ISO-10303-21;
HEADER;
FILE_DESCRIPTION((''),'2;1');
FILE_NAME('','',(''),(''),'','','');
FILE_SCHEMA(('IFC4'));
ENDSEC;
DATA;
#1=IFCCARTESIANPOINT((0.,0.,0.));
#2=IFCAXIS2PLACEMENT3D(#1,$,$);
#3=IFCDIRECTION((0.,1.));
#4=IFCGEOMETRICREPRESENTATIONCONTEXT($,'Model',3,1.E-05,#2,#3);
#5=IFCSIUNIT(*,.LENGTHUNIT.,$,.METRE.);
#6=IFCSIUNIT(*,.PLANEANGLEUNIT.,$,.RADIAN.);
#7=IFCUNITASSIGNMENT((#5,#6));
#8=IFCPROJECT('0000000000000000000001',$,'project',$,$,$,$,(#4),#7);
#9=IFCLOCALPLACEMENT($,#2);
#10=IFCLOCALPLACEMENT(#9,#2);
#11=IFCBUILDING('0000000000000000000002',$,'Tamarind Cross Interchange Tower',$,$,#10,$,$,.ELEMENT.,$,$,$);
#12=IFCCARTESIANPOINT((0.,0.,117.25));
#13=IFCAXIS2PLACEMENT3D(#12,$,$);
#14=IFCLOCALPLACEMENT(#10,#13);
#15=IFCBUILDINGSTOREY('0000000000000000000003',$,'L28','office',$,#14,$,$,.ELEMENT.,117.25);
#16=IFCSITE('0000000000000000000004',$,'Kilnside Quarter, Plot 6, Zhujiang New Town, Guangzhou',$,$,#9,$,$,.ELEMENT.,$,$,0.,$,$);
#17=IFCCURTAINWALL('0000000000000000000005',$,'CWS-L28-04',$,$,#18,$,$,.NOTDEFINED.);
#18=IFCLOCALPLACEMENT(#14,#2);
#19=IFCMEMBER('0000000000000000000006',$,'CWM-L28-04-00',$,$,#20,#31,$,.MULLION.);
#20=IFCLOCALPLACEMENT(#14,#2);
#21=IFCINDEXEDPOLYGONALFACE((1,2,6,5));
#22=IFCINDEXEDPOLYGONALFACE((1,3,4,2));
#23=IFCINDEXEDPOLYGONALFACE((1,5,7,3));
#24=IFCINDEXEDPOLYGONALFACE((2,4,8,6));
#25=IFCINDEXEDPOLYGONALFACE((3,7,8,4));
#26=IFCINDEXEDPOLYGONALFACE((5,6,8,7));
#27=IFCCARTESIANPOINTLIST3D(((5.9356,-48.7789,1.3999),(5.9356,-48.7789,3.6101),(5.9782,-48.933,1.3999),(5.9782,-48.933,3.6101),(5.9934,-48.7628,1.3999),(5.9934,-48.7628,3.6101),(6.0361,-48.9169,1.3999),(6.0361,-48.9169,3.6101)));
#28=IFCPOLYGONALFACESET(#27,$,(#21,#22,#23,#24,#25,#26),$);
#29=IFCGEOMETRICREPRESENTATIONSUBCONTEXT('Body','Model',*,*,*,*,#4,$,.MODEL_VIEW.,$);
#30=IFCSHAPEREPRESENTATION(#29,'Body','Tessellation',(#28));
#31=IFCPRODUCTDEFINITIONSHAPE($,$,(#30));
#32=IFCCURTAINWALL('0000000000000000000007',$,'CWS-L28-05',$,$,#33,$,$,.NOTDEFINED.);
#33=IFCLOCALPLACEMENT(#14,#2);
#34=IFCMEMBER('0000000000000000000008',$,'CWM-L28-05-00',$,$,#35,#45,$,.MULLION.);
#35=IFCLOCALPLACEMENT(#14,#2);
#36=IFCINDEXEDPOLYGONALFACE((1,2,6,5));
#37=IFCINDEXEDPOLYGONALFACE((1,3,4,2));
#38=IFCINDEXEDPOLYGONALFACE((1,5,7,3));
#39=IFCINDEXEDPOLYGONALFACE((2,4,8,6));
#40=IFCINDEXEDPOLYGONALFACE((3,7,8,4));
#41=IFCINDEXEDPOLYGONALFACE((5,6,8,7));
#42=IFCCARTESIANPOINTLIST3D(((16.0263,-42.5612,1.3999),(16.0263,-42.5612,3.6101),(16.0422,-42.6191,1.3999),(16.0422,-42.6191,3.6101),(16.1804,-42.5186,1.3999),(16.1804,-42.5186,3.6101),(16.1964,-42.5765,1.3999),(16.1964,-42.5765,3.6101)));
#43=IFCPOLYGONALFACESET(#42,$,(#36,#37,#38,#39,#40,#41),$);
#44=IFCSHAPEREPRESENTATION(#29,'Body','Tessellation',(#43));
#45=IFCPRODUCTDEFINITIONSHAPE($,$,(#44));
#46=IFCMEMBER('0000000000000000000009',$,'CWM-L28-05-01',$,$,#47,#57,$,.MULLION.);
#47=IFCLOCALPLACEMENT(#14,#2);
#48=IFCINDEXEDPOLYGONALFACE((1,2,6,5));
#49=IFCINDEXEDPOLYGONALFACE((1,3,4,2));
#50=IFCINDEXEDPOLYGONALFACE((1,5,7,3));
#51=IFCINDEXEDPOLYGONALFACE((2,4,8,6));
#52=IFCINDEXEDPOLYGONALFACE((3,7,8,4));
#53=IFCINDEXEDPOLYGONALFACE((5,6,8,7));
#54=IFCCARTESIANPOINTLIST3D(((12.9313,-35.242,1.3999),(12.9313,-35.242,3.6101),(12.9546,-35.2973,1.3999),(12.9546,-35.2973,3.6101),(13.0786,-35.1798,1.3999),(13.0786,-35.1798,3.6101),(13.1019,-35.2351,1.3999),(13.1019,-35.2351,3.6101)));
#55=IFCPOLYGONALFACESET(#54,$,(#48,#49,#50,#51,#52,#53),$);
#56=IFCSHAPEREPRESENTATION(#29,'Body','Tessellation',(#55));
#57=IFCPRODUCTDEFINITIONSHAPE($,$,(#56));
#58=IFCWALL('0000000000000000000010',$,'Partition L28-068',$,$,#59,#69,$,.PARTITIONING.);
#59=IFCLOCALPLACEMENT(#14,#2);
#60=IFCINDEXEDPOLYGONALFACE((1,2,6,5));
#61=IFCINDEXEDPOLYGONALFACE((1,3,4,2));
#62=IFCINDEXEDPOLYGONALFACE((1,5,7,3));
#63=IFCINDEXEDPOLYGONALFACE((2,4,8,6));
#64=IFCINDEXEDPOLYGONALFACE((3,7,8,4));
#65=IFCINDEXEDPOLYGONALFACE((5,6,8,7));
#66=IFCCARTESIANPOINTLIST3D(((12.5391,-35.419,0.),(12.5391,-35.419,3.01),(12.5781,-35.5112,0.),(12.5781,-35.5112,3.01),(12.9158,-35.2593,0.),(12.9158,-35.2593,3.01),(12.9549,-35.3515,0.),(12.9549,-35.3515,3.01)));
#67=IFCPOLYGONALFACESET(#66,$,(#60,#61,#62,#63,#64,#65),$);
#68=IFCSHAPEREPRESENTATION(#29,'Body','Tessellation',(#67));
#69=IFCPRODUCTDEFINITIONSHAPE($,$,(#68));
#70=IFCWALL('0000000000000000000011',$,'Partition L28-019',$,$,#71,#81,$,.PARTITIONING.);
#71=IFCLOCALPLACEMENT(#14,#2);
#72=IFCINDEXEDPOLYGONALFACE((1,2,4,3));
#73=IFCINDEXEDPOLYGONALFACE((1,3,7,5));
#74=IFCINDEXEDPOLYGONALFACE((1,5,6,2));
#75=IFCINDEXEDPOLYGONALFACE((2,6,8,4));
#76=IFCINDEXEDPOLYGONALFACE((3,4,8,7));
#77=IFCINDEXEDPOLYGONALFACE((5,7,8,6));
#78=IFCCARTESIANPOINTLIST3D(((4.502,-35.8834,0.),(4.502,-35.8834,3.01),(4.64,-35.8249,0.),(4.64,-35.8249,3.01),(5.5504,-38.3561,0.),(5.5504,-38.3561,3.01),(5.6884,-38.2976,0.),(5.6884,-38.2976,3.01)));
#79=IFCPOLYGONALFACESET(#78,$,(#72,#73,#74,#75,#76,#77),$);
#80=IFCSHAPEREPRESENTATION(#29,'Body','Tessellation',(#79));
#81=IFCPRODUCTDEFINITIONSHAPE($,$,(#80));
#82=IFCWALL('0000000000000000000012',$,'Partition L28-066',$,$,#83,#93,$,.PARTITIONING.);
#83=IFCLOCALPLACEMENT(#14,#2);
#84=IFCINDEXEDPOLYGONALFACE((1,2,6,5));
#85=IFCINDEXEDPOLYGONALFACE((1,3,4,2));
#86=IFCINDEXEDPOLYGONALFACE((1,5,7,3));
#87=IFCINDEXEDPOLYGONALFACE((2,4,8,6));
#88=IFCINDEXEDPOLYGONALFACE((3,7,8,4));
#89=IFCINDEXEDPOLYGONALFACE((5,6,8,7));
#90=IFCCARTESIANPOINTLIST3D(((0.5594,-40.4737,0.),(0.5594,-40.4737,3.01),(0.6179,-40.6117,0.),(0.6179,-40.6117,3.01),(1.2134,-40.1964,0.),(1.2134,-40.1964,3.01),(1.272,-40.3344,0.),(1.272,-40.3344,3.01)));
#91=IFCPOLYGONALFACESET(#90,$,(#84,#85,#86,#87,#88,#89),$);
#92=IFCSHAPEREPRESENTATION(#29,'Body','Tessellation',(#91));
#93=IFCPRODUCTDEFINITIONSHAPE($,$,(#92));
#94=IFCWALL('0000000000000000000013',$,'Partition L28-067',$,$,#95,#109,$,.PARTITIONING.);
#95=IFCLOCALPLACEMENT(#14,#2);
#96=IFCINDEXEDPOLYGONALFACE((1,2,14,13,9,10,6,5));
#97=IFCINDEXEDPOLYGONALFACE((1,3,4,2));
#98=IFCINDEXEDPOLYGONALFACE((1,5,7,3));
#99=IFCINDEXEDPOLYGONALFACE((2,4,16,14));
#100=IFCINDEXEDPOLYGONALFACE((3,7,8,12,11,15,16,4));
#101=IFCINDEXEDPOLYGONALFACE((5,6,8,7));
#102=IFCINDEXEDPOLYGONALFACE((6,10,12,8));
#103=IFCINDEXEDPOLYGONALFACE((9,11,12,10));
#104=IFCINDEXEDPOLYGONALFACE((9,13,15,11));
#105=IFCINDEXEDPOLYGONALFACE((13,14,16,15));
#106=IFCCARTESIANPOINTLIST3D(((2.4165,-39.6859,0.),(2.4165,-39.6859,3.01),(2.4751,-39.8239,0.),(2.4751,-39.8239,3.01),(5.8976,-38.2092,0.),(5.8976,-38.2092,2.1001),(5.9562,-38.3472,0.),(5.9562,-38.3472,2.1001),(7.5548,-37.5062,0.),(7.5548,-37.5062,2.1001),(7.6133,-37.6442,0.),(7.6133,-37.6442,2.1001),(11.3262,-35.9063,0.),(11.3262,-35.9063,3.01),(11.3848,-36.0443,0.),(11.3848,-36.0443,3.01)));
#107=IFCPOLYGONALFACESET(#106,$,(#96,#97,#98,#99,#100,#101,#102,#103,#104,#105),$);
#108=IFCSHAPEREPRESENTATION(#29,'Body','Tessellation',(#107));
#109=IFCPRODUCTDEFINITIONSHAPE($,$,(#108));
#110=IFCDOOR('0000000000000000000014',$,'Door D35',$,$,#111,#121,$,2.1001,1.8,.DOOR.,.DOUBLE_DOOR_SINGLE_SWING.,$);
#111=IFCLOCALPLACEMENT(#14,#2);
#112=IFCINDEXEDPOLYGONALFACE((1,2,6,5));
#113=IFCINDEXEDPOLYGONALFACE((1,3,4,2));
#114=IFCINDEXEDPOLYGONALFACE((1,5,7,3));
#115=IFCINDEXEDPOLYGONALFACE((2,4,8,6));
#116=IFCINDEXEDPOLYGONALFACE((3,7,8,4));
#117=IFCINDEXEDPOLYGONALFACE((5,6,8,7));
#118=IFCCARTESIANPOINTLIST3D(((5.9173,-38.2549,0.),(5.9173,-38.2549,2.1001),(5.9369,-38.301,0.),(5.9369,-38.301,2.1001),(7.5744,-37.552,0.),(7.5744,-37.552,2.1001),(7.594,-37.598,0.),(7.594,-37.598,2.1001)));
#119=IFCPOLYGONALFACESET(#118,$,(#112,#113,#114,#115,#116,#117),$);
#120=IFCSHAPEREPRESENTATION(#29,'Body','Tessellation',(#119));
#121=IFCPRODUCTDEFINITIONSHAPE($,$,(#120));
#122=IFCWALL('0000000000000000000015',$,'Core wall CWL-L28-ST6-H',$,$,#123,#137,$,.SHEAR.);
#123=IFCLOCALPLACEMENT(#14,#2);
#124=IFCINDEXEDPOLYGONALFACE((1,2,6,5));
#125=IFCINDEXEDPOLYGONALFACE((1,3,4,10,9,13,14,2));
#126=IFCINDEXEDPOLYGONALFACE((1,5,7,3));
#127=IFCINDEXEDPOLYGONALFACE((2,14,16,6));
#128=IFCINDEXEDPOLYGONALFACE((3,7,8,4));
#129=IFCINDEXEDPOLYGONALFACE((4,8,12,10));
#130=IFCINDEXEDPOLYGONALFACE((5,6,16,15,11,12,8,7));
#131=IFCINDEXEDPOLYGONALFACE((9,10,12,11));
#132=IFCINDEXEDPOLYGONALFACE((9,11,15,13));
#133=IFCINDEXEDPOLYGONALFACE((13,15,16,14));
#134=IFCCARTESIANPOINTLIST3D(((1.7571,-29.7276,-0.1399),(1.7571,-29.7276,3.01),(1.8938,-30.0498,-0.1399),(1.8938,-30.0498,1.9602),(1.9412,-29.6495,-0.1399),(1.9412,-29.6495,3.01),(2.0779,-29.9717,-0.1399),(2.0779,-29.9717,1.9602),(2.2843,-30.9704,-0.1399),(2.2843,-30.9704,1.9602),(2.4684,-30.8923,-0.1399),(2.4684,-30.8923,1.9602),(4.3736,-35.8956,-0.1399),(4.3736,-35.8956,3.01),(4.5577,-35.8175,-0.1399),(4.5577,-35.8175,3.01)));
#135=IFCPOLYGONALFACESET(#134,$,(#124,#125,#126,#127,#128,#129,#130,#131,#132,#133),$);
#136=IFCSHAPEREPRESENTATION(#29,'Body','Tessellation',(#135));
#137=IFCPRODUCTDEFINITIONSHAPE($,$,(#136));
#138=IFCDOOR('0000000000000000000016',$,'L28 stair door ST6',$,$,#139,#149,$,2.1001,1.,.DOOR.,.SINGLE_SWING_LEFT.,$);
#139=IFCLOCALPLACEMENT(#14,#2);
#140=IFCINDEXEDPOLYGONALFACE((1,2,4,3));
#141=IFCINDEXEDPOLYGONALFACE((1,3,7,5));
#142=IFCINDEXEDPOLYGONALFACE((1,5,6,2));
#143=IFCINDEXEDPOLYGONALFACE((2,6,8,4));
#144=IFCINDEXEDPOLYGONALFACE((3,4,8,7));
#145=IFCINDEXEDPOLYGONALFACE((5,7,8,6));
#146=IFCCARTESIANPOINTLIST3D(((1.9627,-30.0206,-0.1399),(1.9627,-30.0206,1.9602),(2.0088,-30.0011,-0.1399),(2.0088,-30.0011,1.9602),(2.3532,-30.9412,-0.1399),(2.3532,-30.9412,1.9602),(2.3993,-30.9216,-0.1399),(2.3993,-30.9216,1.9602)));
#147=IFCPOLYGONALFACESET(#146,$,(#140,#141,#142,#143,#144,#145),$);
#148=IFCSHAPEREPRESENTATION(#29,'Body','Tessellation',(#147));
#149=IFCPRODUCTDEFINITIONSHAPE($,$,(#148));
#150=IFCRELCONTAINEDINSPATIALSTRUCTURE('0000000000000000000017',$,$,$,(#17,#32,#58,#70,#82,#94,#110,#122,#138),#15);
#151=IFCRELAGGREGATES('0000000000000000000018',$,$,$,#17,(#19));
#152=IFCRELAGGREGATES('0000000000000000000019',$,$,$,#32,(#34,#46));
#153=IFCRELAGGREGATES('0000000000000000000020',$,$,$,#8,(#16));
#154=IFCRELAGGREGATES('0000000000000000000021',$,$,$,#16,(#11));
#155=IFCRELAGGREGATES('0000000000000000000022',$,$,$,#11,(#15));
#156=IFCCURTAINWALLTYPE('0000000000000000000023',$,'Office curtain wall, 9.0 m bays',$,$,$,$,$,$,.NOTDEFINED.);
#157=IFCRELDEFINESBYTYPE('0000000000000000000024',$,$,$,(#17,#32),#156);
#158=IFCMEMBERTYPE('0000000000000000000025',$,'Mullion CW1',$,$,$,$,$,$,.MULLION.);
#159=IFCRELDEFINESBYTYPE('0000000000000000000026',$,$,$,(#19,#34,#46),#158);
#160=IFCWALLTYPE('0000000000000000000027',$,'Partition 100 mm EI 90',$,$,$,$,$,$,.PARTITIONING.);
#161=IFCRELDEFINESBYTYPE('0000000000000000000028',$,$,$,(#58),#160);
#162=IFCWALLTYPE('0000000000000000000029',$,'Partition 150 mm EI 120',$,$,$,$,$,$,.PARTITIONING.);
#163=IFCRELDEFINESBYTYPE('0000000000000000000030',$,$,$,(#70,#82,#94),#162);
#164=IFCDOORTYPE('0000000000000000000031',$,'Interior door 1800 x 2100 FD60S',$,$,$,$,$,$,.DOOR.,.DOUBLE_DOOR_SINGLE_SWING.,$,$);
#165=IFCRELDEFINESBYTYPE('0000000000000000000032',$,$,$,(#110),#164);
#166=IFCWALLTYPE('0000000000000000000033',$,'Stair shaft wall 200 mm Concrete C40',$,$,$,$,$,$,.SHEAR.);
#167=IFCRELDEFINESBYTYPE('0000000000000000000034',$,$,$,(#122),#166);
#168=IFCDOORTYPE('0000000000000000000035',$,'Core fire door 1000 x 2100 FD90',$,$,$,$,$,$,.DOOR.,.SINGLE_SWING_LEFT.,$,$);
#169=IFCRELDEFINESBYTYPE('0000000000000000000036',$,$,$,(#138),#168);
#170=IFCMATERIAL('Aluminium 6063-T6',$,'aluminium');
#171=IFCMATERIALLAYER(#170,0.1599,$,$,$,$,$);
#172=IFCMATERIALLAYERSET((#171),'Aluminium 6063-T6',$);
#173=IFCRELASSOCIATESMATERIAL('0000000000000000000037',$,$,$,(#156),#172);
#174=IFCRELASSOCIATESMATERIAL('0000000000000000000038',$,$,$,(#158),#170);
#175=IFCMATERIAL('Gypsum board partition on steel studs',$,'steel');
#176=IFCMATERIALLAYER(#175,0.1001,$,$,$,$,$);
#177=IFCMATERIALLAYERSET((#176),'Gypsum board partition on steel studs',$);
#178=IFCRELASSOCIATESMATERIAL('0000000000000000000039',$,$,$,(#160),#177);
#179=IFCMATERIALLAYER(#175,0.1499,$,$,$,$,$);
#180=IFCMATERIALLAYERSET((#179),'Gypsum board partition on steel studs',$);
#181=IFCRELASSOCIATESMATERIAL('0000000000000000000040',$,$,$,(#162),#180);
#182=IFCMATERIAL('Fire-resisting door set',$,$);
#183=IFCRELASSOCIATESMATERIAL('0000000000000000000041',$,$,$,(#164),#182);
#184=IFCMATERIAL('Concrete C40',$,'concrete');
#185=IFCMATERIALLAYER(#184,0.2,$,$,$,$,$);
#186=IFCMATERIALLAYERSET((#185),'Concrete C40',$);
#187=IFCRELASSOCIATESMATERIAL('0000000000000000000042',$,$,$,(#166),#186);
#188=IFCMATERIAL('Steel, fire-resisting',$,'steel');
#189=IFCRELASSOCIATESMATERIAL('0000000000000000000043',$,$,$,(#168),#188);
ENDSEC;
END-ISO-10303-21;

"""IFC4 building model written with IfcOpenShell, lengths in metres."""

from ifc_helpers import new_model, si_unit, direction, frame, frame_2d, origin, origin_2d, place, context, subcontext, project, spatial, rectangle, extrude, material, layer, layer_set, material_profile, profile_set, type_object, element, fill, aggregate, save


model = new_model("IFC4")

# Units and contexts
model_context = context("Model", 3, precision=1e-05, world=origin(), true_north=direction((0.0, 1.0)))
body_context = subcontext(model_context, "Body", "Model", "MODEL_VIEW")
ifc_project = project(units=[si_unit("LENGTHUNIT", "METRE"), si_unit("PLANEANGLEUNIT", "RADIAN")], contexts=[model_context])

# Site, building, storey
site_placement = place(None, origin())
site = spatial("IfcSite", under=ifc_project, at=site_placement, Name="Kilnside Quarter, Plot 6, Zhujiang New Town, Guangzhou", CompositionType="ELEMENT", RefElevation=0.0)
building_placement = place(site_placement, origin())
building = spatial("IfcBuilding", under=site, at=building_placement, Name="Tamarind Cross Interchange Tower", CompositionType="ELEMENT")
storey_placement = place(building_placement, frame((0.0, 0.0, 117.25)))
storey = spatial("IfcBuildingStorey", under=building, at=storey_placement, Name="L28", Description="office", CompositionType="ELEMENT", Elevation=117.25)

# Curtain wall, member
ifc_material_1 = material(Name="Aluminium 6063-T6", Category="aluminium")
ifc_layer_1 = layer(ifc_material_1, 0.1599)
ifc_layer_set_1 = layer_set([ifc_layer_1], Name="Aluminium 6063-T6")
curtain_wall_type = type_object("IfcCurtainWallType", Name="Office curtain wall, 9.0 m bays", PredefinedType="NOTDEFINED", material=ifc_layer_set_1)
ifc_material_profile_1 = material_profile(ifc_material_1, rectangle(XDim=0.0601, YDim=0.1599, at=origin_2d()), Name="Mullion CW1")
ifc_profile_set_1 = profile_set([ifc_material_profile_1], Name="Aluminium 6063-T6")
member_type = type_object("IfcMemberType", Name="Mullion CW1", PredefinedType="MULLION", material=ifc_profile_set_1)
curtain_wall_1_placement = place(storey_placement, origin())
curtain_wall_1 = element("IfcCurtainWall", 1, at=curtain_wall_1_placement, inside=storey, type_object=curtain_wall_type, Name="CWS-L28-04", PredefinedType="NOTDEFINED")
member_1_placement = place(storey_placement, frame((5.9858, -48.8479, 1.3999), z_axis=(0.0, 0.0, 1.0), x_axis=(0.963698, 0.266996, 0.0)))
member_1 = element("IfcMember", 2, at=member_1_placement, type_object=member_type, Name="CWM-L28-04-00", PredefinedType="MULLION", context=body_context, shape_type="SweptSolid", body=[
    extrude(rectangle(XDim=0.0601, YDim=0.1599, at=origin_2d()), origin(), (0.0, 0.0, 1.0), 2.2102),
])
aggregate(curtain_wall_1, [member_1])

# Curtain wall, members
curtain_wall_2_placement = place(storey_placement, origin())
curtain_wall_2 = element("IfcCurtainWall", 3, at=curtain_wall_2_placement, inside=storey, type_object=curtain_wall_type, Name="CWS-L28-05", PredefinedType="NOTDEFINED")
member_2_placement = place(storey_placement, frame((16.1113, -42.5688, 1.3999), z_axis=(0.0, 0.0, 1.0), x_axis=(-0.266179, 0.963924, 0.0)))
member_2 = element("IfcMember", 4, at=member_2_placement, type_object=member_type, Name="CWM-L28-05-00", PredefinedType="MULLION", context=body_context, shape_type="SweptSolid", body=[
    extrude(rectangle(XDim=0.0601, YDim=0.1599, at=origin_2d()), origin(), (0.0, 0.0, 1.0), 2.2102),
])
member_3_placement = place(storey_placement, frame((13.0166, -35.2385, 1.3999), z_axis=(0.0, 0.0, 1.0), x_axis=(-0.388939, 0.921264, 0.0)))
member_3 = element("IfcMember", 5, at=member_3_placement, type_object=member_type, Name="CWM-L28-05-01", PredefinedType="MULLION", context=body_context, shape_type="SweptSolid", body=[
    extrude(rectangle(XDim=0.0601, YDim=0.1599, at=origin_2d()), origin(), (0.0, 0.0, 1.0), 2.2102),
])
aggregate(curtain_wall_2, [member_2, member_3])

# Walls
ifc_material_2 = material(Name="Gypsum board partition on steel studs", Category="steel")
ifc_layer_2 = layer(ifc_material_2, 0.1001)
ifc_layer_set_2 = layer_set([ifc_layer_2], Name="Gypsum board partition on steel studs")
wall_type_1 = type_object("IfcWallType", Name="Partition 100 mm EI 90", PredefinedType="PARTITIONING", material=ifc_layer_set_2)
wall_1_placement = place(storey_placement, frame((12.5586, -35.4651, 0.0), z_axis=(0.0, 0.0, 1.0), x_axis=(0.920712, 0.390243, 0.0)))
element("IfcWall", 6, at=wall_1_placement, inside=storey, type_object=wall_type_1, Name="Partition L28-068", PredefinedType="PARTITIONING", context=body_context, shape_type="SweptSolid", body=[
    extrude(rectangle(XDim=0.4092, YDim=0.1001, at=frame_2d((0.2046, 0.0))), origin(), (0.0, 0.0, 1.0), 3.01),
])
ifc_layer_3 = layer(ifc_material_2, 0.1499)
ifc_layer_set_3 = layer_set([ifc_layer_3], Name="Gypsum board partition on steel studs")
wall_type_2 = type_object("IfcWallType", Name="Partition 150 mm EI 120", PredefinedType="PARTITIONING", material=ifc_layer_set_3)
wall_2_placement = place(storey_placement, frame((4.571, -35.8542, 0.0), z_axis=(0.0, 0.0, 1.0), x_axis=(0.39034, -0.920671, 0.0)))
element("IfcWall", 7, at=wall_2_placement, inside=storey, type_object=wall_type_2, Name="Partition L28-019", PredefinedType="PARTITIONING", context=body_context, shape_type="SweptSolid", body=[
    extrude(rectangle(XDim=2.6858, YDim=0.1499, at=frame_2d((1.3428, 0.0))), origin(), (0.0, 0.0, 1.0), 3.01),
])
wall_3_placement = place(storey_placement, frame((0.5886, -40.5427, 0.0), z_axis=(0.0, 0.0, 1.0), x_axis=(0.920649, 0.390391, 0.0)))
element("IfcWall", 8, at=wall_3_placement, inside=storey, type_object=wall_type_2, Name="Partition L28-066", PredefinedType="PARTITIONING", context=body_context, shape_type="SweptSolid", body=[
    extrude(rectangle(XDim=0.7104, YDim=0.1499, at=frame_2d((0.3552, 0.0))), origin(), (0.0, 0.0, 1.0), 3.01),
])

# Walls, openings, doors
wall_4_placement = place(storey_placement, frame((2.4458, -39.7549, 0.0), z_axis=(0.0, 0.0, 1.0), x_axis=(0.920594, 0.390522, 0.0)))
wall_4 = element("IfcWall", 9, at=wall_4_placement, inside=storey, type_object=wall_type_2, Name="Partition L28-067", PredefinedType="PARTITIONING", context=body_context, shape_type="SweptSolid", body=[
    extrude(rectangle(XDim=9.6782, YDim=0.1499, at=frame_2d((4.8391, 0.0))), origin(), (0.0, 0.0, 1.0), 3.01),
])
opening_1_placement = place(wall_4_placement, frame((3.7815, 0.0, 0.0)))
opening_1 = element("IfcOpeningElement", 10, at=opening_1_placement, cuts=wall_4, PredefinedType="OPENING", context=body_context, shape_type="SweptSolid", body=[
    extrude(rectangle(XDim=1.8, YDim=2.1001, at=frame_2d((0.8999, 1.05))), frame((0.0, 0.085, 0.0), z_axis=(0.0, -1.0, 0.0), x_axis=(1.0, 0.0, 0.0)), (0.0, 0.0, 1.0), 0.1699),
])
ifc_material_3 = material(Name="Fire-resisting door set")
door_type_1 = type_object("IfcDoorType", Name="Interior door 1800 x 2100 FD60S", OperationType="DOUBLE_DOOR_SINGLE_SWING", PredefinedType="DOOR", material=ifc_material_3)
door_1_placement = place(opening_1_placement, frame((1.8, 0.0, 0.0), z_axis=(0.0, 0.0, 1.0), x_axis=(-1.0, 0.0, 0.0)))
door_1 = element("IfcDoor", 11, at=door_1_placement, inside=storey, type_object=door_type_1, Name="Door D35", OperationType="DOUBLE_DOOR_SINGLE_SWING", OverallHeight=2.1001, OverallWidth=1.8, PredefinedType="DOOR", context=body_context, shape_type="SweptSolid", body=[
    extrude(rectangle(XDim=1.8, YDim=2.1001, at=frame_2d((0.8999, 1.05))), frame((0.0, 0.0249, 0.0), z_axis=(0.0, -1.0, 0.0), x_axis=(1.0, 0.0, 0.0)), (0.0, 0.0, 1.0), 0.05),
])
fill(opening_1, door_1)
ifc_material_4 = material(Name="Concrete C40", Category="concrete")
ifc_layer_4 = layer(ifc_material_4, 0.2)
ifc_layer_set_4 = layer_set([ifc_layer_4], Name="Concrete C40")
wall_type_3 = type_object("IfcWallType", Name="Stair shaft wall 200 mm Concrete C40", PredefinedType="SHEAR", material=ifc_layer_set_4)
wall_5_placement = place(storey_placement, frame((1.8491, -29.6885, -0.1399), z_axis=(0.0, 0.0, 1.0), x_axis=(0.390517, -0.920596, 0.0)))
wall_5 = element("IfcWall", 12, at=wall_5_placement, inside=storey, type_object=wall_type_3, Name="Core wall CWL-L28-ST6-H", PredefinedType="SHEAR", context=body_context, shape_type="SweptSolid", body=[
    extrude(rectangle(XDim=6.7, YDim=0.2, at=frame_2d((3.3501, 0.0))), origin(), (0.0, 0.0, 1.0), 3.1499),
])
opening_2_placement = place(wall_5_placement, frame((0.3501, 0.0, 0.0)))
opening_2 = element("IfcOpeningElement", 13, at=opening_2_placement, cuts=wall_5, PredefinedType="OPENING", context=body_context, shape_type="SweptSolid", body=[
    extrude(rectangle(XDim=1.0, YDim=2.1001, at=frame_2d((0.5, 1.05))), frame((0.0, 0.1099, 0.0), z_axis=(0.0, -1.0, 0.0), x_axis=(1.0, 0.0, 0.0)), (0.0, 0.0, 1.0), 0.22),
])
ifc_material_5 = material(Name="Steel, fire-resisting", Category="steel")
door_type_2 = type_object("IfcDoorType", Name="Core fire door 1000 x 2100 FD90", OperationType="SINGLE_SWING_LEFT", PredefinedType="DOOR", material=ifc_material_5)
door_2_placement = place(opening_2_placement, origin())
door_2 = element("IfcDoor", 14, at=door_2_placement, inside=storey, type_object=door_type_2, Name="L28 stair door ST6", OperationType="SINGLE_SWING_LEFT", OverallHeight=2.1001, OverallWidth=1.0, PredefinedType="DOOR", context=body_context, shape_type="SweptSolid", body=[
    extrude(rectangle(XDim=1.0, YDim=2.1001, at=frame_2d((0.5, 1.05))), frame((0.0, 0.0249, 0.0), z_axis=(0.0, -1.0, 0.0), x_axis=(1.0, 0.0, 0.0)), (0.0, 0.0, 1.0), 0.05),
])
fill(opening_2, door_2)

save(model, "model.ifc")
